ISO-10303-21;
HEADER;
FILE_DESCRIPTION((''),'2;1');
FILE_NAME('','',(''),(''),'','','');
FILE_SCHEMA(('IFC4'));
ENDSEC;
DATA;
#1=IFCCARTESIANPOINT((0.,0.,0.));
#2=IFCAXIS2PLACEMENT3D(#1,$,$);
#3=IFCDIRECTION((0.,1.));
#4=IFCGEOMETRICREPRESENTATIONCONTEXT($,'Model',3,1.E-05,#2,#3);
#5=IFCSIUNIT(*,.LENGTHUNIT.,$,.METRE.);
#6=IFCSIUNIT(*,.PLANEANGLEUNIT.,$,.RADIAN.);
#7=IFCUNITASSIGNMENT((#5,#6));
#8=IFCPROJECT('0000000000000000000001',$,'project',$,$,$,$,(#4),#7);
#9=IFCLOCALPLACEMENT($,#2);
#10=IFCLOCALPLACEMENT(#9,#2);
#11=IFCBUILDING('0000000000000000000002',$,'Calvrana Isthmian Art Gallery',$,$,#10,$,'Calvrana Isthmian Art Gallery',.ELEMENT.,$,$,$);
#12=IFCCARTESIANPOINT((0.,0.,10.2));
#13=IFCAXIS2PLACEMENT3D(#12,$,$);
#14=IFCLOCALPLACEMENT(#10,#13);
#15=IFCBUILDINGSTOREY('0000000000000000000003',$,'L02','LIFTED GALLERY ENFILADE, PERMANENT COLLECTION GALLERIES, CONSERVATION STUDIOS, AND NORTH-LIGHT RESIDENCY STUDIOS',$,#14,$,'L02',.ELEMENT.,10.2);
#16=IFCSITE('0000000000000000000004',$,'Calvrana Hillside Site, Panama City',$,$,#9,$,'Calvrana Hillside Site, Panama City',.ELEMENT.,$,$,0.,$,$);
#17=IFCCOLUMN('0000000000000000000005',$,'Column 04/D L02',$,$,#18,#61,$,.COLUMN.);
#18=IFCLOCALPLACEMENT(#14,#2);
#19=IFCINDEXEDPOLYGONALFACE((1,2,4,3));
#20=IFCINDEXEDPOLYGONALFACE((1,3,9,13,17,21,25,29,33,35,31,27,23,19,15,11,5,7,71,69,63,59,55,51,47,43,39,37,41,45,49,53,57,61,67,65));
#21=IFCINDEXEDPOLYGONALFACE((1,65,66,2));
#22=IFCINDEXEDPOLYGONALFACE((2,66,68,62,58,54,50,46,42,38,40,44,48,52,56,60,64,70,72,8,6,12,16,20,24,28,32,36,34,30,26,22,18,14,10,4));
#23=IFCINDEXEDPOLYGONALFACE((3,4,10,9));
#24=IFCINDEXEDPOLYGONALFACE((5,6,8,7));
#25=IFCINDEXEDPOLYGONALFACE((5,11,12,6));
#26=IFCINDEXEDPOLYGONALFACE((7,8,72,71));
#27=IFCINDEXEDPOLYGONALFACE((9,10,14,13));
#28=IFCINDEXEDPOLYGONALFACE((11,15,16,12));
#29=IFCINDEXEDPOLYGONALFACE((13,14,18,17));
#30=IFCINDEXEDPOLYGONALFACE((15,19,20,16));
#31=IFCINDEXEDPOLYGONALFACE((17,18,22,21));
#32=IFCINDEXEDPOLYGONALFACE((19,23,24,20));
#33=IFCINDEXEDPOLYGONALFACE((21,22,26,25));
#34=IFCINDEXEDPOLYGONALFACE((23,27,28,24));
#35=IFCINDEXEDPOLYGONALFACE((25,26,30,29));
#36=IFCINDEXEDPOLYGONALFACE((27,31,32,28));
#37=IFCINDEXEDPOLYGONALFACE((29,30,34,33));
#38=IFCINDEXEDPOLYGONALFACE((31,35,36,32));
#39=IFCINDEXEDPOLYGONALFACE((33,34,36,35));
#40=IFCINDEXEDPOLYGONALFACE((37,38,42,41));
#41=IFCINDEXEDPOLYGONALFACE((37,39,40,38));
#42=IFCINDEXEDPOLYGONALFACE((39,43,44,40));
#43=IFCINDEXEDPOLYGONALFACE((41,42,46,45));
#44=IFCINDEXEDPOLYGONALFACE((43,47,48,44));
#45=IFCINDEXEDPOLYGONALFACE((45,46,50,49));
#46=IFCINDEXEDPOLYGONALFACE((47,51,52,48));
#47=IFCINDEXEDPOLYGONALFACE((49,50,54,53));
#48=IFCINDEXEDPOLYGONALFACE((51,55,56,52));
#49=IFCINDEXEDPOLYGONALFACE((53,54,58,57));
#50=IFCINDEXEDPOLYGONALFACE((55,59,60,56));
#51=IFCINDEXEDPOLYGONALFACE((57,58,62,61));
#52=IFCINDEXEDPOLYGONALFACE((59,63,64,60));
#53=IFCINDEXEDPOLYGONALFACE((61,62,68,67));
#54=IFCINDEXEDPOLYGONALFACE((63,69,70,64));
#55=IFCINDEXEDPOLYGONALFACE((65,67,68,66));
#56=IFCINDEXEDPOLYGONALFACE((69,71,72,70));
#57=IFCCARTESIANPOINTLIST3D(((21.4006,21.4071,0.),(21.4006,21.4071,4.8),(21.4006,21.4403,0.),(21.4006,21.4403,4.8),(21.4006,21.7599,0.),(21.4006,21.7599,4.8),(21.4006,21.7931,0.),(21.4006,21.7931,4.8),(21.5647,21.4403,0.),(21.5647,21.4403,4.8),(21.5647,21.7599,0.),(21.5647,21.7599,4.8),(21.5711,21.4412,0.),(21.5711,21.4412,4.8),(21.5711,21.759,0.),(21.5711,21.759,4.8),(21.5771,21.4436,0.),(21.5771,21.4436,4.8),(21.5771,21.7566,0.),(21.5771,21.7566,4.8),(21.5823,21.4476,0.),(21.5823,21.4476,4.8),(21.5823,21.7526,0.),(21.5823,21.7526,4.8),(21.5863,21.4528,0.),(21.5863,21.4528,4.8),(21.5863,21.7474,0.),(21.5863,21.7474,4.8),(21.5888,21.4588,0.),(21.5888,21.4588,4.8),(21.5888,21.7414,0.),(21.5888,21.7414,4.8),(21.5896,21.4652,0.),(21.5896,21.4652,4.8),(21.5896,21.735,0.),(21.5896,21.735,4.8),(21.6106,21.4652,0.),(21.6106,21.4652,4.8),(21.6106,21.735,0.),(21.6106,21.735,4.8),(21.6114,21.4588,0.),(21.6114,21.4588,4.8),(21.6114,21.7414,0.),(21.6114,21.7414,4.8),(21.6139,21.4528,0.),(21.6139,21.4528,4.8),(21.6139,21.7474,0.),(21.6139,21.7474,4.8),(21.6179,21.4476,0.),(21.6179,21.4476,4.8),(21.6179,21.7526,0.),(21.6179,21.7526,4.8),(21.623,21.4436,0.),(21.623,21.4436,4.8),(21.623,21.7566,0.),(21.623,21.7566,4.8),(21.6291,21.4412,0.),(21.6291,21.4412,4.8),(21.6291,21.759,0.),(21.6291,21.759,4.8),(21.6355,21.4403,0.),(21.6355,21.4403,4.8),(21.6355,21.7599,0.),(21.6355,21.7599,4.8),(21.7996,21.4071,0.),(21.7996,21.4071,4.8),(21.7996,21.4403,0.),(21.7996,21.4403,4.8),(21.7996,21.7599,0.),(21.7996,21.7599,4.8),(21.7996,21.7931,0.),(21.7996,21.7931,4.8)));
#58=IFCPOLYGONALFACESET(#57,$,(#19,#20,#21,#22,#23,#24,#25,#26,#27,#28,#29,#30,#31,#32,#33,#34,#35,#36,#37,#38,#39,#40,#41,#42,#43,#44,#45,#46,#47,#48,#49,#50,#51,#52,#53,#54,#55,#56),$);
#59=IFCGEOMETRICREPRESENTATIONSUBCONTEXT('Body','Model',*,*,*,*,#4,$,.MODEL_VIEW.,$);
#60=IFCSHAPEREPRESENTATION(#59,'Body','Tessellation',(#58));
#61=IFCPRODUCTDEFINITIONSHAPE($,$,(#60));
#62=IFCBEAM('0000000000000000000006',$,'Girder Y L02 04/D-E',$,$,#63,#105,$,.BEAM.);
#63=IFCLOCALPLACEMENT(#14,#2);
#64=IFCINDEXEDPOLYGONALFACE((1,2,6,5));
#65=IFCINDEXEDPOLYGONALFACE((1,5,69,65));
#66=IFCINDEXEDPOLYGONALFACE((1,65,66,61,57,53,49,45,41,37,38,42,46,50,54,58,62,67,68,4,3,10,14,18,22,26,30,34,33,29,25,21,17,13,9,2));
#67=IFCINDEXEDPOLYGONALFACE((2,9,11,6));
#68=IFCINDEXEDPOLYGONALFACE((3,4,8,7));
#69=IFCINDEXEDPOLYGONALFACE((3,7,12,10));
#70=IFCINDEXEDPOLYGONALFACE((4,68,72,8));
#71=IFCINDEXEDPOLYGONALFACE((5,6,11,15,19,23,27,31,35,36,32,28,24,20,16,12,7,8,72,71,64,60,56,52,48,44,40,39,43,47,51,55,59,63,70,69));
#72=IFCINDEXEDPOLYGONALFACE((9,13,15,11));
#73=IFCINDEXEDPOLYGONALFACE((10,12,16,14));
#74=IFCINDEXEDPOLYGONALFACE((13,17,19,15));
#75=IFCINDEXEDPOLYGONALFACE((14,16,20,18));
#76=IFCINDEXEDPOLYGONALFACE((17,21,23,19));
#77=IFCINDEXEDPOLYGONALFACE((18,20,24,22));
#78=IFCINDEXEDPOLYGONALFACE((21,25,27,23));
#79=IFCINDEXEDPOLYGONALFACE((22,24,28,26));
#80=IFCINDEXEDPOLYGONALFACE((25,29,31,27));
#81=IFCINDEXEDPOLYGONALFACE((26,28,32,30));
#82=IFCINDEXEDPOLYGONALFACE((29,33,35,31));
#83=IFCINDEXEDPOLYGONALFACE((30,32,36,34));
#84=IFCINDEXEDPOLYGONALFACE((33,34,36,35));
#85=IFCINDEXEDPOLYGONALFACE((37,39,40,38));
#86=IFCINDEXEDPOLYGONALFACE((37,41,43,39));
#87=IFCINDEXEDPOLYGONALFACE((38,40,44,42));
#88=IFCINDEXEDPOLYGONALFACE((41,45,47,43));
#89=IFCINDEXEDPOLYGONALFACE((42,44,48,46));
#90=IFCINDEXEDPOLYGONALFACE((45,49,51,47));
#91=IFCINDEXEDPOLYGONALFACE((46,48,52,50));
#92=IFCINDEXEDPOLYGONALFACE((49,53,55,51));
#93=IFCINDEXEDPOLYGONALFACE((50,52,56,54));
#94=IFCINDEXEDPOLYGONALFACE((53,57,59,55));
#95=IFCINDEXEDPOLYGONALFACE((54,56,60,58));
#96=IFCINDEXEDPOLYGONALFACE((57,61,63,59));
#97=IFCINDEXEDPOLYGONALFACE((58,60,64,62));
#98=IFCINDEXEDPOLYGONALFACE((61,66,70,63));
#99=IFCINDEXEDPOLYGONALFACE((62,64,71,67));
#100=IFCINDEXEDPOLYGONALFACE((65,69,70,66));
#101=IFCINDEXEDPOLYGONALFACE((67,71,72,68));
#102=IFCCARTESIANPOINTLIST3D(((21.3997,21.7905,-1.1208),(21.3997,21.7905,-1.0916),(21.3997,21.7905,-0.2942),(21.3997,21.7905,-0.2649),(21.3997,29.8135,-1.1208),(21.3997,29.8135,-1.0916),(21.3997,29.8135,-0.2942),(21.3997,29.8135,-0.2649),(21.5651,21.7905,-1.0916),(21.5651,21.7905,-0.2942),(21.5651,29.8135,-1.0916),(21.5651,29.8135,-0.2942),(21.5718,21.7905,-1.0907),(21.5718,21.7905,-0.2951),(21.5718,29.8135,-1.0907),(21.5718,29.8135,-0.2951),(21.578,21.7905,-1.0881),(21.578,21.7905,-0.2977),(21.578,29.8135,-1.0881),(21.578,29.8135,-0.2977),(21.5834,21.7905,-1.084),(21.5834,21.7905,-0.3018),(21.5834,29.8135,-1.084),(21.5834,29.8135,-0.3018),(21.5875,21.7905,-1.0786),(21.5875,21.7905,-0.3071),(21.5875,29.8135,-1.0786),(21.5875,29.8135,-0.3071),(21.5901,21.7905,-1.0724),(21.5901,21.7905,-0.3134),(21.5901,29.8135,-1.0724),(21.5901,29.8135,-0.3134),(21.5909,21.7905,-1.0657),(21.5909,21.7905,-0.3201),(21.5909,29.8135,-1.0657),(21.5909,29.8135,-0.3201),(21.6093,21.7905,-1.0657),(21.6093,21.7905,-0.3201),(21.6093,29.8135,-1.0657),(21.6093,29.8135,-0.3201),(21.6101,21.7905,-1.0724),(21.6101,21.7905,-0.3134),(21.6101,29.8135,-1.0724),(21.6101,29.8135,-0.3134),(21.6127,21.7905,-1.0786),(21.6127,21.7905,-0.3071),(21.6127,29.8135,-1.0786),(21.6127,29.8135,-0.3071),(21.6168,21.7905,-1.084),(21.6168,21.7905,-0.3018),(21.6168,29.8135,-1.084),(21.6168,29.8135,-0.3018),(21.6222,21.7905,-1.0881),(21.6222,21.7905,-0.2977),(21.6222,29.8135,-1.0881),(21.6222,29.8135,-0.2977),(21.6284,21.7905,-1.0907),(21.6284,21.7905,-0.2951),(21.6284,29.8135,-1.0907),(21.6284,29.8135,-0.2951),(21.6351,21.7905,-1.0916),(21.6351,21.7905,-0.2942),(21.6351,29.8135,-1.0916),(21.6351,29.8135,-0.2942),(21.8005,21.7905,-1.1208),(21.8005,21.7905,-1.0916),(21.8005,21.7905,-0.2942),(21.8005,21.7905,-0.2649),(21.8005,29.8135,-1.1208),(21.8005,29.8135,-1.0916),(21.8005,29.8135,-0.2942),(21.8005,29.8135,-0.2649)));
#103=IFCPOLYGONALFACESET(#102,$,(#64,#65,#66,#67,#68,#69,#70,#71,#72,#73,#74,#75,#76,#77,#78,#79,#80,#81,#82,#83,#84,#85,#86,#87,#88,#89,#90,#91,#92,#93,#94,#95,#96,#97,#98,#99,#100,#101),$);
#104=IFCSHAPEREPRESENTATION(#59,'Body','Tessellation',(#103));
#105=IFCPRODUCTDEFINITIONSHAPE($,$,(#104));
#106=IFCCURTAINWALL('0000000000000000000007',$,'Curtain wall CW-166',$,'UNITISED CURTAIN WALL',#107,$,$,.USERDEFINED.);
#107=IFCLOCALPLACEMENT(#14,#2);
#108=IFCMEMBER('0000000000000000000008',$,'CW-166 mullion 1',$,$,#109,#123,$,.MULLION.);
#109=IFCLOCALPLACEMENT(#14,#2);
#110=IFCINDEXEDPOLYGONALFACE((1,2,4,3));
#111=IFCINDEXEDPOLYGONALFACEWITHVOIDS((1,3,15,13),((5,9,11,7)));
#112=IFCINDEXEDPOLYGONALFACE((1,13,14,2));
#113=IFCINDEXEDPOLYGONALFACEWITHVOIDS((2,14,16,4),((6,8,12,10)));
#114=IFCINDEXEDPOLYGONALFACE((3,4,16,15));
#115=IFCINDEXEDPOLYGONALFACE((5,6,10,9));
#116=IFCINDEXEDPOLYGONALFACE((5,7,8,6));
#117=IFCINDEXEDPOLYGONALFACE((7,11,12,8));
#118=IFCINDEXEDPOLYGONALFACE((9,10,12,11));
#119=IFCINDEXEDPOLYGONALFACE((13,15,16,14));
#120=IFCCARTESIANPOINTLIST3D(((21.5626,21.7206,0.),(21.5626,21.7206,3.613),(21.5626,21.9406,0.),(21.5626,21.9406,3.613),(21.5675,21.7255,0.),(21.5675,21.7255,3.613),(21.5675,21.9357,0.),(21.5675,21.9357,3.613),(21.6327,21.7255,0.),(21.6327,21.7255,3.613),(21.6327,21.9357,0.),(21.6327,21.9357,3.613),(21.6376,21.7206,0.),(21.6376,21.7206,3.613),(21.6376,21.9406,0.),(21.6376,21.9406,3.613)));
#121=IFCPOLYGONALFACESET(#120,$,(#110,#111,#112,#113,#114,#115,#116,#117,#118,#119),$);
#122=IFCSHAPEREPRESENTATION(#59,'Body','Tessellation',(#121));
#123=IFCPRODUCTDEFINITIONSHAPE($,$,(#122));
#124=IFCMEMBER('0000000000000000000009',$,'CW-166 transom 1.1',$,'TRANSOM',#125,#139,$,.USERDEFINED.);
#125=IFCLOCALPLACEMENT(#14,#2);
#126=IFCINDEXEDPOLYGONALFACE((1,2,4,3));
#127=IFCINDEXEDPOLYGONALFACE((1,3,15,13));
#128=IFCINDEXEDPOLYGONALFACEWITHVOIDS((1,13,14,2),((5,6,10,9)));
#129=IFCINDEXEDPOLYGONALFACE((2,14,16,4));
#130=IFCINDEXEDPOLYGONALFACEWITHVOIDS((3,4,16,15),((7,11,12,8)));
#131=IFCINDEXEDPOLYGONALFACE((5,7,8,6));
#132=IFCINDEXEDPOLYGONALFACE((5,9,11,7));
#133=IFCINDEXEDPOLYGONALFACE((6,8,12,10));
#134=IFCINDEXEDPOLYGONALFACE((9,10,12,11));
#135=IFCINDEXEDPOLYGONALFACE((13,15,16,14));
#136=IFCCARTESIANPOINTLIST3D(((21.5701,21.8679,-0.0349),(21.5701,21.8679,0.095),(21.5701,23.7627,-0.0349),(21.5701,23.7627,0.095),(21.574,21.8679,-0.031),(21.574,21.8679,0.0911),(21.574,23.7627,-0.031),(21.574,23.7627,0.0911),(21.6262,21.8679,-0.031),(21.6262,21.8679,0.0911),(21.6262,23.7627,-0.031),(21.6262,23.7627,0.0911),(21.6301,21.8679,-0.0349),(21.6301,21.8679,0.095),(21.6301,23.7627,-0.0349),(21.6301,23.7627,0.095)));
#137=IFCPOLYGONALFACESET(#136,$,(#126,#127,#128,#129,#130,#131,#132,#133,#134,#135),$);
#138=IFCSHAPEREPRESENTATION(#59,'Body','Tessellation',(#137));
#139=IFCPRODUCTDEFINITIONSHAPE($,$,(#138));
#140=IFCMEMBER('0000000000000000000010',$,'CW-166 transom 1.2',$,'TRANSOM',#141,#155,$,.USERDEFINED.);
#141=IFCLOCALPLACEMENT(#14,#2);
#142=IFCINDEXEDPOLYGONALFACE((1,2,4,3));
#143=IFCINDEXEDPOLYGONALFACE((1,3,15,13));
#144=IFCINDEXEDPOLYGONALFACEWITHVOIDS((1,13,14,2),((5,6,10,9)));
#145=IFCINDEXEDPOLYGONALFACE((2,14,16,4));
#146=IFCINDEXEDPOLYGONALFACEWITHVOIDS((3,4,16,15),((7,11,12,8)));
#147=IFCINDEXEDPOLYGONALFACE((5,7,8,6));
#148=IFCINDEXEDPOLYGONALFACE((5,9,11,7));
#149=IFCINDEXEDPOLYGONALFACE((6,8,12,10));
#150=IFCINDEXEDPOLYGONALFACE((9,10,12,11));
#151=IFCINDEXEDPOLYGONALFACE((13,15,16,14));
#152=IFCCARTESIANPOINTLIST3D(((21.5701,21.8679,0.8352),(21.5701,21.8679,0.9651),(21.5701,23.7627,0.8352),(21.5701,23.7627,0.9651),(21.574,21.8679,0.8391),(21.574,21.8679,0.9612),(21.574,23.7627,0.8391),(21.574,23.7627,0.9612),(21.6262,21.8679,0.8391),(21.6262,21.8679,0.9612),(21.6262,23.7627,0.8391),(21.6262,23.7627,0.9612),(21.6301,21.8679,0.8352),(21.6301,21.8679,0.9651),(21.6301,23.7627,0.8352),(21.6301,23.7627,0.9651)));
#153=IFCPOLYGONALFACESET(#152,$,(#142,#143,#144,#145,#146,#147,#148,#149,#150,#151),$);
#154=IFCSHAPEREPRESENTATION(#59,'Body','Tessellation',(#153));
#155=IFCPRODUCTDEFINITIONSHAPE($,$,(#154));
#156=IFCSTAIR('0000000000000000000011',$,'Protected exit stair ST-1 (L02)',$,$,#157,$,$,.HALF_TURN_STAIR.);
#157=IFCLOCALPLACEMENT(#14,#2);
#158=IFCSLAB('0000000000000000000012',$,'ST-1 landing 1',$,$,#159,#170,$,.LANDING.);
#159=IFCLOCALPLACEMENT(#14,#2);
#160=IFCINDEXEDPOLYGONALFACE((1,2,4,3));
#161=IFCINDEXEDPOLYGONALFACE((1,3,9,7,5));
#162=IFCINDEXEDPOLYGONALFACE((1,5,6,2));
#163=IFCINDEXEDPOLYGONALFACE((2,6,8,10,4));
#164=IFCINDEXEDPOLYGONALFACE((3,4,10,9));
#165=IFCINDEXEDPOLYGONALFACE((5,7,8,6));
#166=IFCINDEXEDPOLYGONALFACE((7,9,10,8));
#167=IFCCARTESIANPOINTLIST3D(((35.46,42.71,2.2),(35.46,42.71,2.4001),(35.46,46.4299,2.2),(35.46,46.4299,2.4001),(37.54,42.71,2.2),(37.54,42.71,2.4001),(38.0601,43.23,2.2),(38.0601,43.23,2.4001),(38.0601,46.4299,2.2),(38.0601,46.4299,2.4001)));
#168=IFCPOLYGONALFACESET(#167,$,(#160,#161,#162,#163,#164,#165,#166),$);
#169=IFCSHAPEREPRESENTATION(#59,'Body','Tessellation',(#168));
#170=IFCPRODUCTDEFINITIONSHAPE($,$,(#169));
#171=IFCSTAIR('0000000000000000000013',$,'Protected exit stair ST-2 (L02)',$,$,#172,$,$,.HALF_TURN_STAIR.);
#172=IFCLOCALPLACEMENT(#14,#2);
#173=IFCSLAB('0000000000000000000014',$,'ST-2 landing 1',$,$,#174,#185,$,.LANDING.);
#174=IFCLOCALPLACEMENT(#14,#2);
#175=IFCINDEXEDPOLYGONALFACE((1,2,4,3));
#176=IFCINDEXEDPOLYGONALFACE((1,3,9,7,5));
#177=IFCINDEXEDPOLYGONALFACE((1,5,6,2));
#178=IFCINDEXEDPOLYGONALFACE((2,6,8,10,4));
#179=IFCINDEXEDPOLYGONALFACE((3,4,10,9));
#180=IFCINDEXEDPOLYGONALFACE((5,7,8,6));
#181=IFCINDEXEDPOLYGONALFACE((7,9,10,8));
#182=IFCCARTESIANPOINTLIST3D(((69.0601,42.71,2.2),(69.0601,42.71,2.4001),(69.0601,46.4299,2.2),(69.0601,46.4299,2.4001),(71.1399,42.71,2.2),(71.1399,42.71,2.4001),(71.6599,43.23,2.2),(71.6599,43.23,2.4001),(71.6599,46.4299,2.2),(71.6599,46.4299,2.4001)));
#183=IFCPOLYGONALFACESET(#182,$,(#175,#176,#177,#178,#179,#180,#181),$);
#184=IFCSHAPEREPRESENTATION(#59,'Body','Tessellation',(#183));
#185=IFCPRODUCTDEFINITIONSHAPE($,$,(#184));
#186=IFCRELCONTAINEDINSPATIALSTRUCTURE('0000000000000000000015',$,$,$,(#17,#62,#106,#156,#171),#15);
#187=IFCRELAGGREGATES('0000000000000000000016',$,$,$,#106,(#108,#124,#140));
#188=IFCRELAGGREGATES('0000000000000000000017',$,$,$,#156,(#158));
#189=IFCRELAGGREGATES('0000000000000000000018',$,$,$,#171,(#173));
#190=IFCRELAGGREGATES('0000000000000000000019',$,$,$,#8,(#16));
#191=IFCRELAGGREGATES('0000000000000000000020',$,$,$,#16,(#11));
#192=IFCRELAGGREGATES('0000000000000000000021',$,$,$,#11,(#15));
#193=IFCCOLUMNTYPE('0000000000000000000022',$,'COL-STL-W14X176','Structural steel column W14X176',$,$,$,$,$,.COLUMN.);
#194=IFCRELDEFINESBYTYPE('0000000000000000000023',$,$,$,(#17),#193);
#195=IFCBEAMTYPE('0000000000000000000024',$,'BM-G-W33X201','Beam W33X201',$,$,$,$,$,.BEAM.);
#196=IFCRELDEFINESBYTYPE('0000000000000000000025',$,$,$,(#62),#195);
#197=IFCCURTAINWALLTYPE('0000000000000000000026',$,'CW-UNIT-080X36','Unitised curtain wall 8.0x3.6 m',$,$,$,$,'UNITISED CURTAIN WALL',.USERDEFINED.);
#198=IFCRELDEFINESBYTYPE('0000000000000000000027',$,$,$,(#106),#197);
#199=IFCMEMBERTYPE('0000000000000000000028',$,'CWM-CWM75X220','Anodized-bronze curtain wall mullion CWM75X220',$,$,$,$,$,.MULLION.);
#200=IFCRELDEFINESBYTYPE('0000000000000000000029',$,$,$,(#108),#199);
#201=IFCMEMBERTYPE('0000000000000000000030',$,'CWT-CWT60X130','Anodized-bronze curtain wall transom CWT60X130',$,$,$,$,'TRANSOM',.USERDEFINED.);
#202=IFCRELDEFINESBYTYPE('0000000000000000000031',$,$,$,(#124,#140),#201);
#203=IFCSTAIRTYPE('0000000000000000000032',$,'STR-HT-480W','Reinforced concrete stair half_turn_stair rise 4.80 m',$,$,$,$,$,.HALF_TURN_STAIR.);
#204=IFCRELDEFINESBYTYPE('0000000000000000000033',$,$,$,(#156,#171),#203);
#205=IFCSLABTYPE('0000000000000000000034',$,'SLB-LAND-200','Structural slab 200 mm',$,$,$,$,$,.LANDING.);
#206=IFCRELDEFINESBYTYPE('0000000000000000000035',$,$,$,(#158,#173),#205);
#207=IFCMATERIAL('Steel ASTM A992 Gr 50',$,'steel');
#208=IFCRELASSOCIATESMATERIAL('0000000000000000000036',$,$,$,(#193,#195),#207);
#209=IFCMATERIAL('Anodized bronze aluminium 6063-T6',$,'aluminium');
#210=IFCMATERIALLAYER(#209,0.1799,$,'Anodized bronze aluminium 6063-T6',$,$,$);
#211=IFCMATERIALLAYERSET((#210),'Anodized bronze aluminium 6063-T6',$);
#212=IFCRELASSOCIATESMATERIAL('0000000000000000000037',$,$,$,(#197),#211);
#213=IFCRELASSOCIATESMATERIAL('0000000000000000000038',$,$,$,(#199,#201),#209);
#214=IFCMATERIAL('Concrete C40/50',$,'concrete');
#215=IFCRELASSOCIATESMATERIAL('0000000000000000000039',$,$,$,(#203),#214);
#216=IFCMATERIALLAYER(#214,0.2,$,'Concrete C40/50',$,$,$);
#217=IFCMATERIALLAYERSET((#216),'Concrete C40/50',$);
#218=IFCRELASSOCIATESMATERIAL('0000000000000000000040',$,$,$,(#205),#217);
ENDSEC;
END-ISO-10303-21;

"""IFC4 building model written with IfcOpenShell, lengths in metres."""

from ifc_helpers import new_model, si_unit, direction, frame, origin, origin_2d, place, context, subcontext, project, spatial, polyline, hollow_rectangle, i_section, outline, extrude, material, layer, layer_set, material_profile, profile_set, type_object, element, aggregate, save


model = new_model("IFC4")

# Units and contexts
model_context = context("Model", 3, precision=1e-05, world=origin(), true_north=direction((0.0, 1.0)))
body_context = subcontext(model_context, "Body", "Model", "MODEL_VIEW")
ifc_project = project(units=[si_unit("LENGTHUNIT", "METRE"), si_unit("PLANEANGLEUNIT", "RADIAN")], contexts=[model_context])

# Site, building, storey
site_placement = place(None, origin())
site = spatial("IfcSite", under=ifc_project, at=site_placement, Name="Calvrana Hillside Site, Panama City", LongName="Calvrana Hillside Site, Panama City", CompositionType="ELEMENT", RefElevation=0.0)
building_placement = place(site_placement, origin())
building = spatial("IfcBuilding", under=site, at=building_placement, Name="Calvrana Isthmian Art Gallery", LongName="Calvrana Isthmian Art Gallery", CompositionType="ELEMENT")
storey_placement = place(building_placement, frame((0.0, 0.0, 10.2)))
storey = spatial("IfcBuildingStorey", under=building, at=storey_placement, Name="L02", Description="LIFTED GALLERY ENFILADE, PERMANENT COLLECTION GALLERIES, CONSERVATION STUDIOS, AND NORTH-LIGHT RESIDENCY STUDIOS", LongName="L02", CompositionType="ELEMENT", Elevation=10.2)

# Column
ifc_material_1 = material(Name="Steel ASTM A992 Gr 50", Category="steel")
ifc_material_profile_1 = material_profile(ifc_material_1, i_section(OverallWidth=0.3989, OverallDepth=0.386, WebThickness=0.021, FlangeThickness=0.0332, FilletRadius=0.0249, at=origin_2d()), Name="W14X176")
ifc_profile_set_1 = profile_set([ifc_material_profile_1], Name="Steel ASTM A992 Gr 50")
column_type = type_object("IfcColumnType", Name="COL-STL-W14X176", Description="Structural steel column W14X176", PredefinedType="COLUMN", material=ifc_profile_set_1)
column_placement = place(storey_placement, frame((21.6001, 21.6001, 0.0), z_axis=(0.0, 0.0, 1.0), x_axis=(1.0, 0.0, 0.0)))
element("IfcColumn", 1, at=column_placement, inside=storey, type_object=column_type, Name="Column 04/D L02", PredefinedType="COLUMN", context=body_context, shape_type="SweptSolid", body=[
    extrude(i_section(OverallWidth=0.3989, OverallDepth=0.386, WebThickness=0.021, FlangeThickness=0.0332, FilletRadius=0.0249, at=origin_2d()), origin(), (0.0, 0.0, 1.0), 4.8),
])

# Beam
ifc_material_profile_2 = material_profile(ifc_material_1, i_section(OverallWidth=0.4009, OverallDepth=0.856, WebThickness=0.0183, FlangeThickness=0.0293, FilletRadius=0.0259, at=origin_2d()), Name="W33X201")
ifc_profile_set_2 = profile_set([ifc_material_profile_2], Name="Steel ASTM A992 Gr 50")
beam_type = type_object("IfcBeamType", Name="BM-G-W33X201", Description="Beam W33X201", PredefinedType="BEAM", material=ifc_profile_set_2)
beam_placement = place(storey_placement, frame((21.6001, 21.7905, -0.6929), z_axis=(0.0, 1.0, 0.0), x_axis=(-1.0, 0.0, 0.0)))
element("IfcBeam", 2, at=beam_placement, inside=storey, type_object=beam_type, Name="Girder Y L02 04/D-E", PredefinedType="BEAM", context=body_context, shape_type="SweptSolid", body=[
    extrude(i_section(OverallWidth=0.4009, OverallDepth=0.856, WebThickness=0.0183, FlangeThickness=0.0293, FilletRadius=0.0259, at=origin_2d()), origin(), (0.0, 0.0, 1.0), 8.0229),
])

# Curtain wall, members
ifc_material_2 = material(Name="Anodized bronze aluminium 6063-T6", Category="aluminium")
ifc_layer_1 = layer(ifc_material_2, 0.1799, Name="Anodized bronze aluminium 6063-T6")
ifc_layer_set_1 = layer_set([ifc_layer_1], Name="Anodized bronze aluminium 6063-T6")
curtain_wall_type = type_object("IfcCurtainWallType", Name="CW-UNIT-080X36", Description="Unitised curtain wall 8.0x3.6 m", ElementType="UNITISED CURTAIN WALL", PredefinedType="USERDEFINED", material=ifc_layer_set_1)
curtain_wall_placement = place(storey_placement, origin())
curtain_wall = element("IfcCurtainWall", 3, at=curtain_wall_placement, inside=storey, type_object=curtain_wall_type, Name="Curtain wall CW-166", ObjectType="UNITISED CURTAIN WALL", PredefinedType="USERDEFINED")
ifc_material_profile_3 = material_profile(ifc_material_2, hollow_rectangle(XDim=0.075, YDim=0.22, WallThickness=0.0049, at=origin_2d()), Name="CWM75X220")
ifc_profile_set_3 = profile_set([ifc_material_profile_3], Name="Anodized bronze aluminium 6063-T6")
member_type_1 = type_object("IfcMemberType", Name="CWM-CWM75X220", Description="Anodized-bronze curtain wall mullion CWM75X220", PredefinedType="MULLION", material=ifc_profile_set_3)
member_1_placement = place(storey_placement, frame((21.6001, 21.8306, 0.0), z_axis=(0.0, 0.0, 1.0), x_axis=(-1.0, 0.0, 0.0)))
member_1 = element("IfcMember", 4, at=member_1_placement, type_object=member_type_1, Name="CW-166 mullion 1", PredefinedType="MULLION", context=body_context, shape_type="SweptSolid", body=[
    extrude(hollow_rectangle(XDim=0.075, YDim=0.22, WallThickness=0.0049, at=origin_2d()), origin(), (0.0, 0.0, 1.0), 3.613),
])
ifc_material_profile_4 = material_profile(ifc_material_2, hollow_rectangle(XDim=0.0601, YDim=0.1299, WallThickness=0.0039, at=origin_2d()), Name="CWT60X130")
ifc_profile_set_4 = profile_set([ifc_material_profile_4], Name="Anodized bronze aluminium 6063-T6")
member_type_2 = type_object("IfcMemberType", Name="CWT-CWT60X130", Description="Anodized-bronze curtain wall transom CWT60X130", ElementType="TRANSOM", PredefinedType="USERDEFINED", material=ifc_profile_set_4)
member_2_placement = place(storey_placement, frame((21.6001, 21.8679, 0.03), z_axis=(0.0, 1.0, 0.0), x_axis=(-1.0, 0.0, 0.0)))
member_2 = element("IfcMember", 5, at=member_2_placement, type_object=member_type_2, Name="CW-166 transom 1.1", ObjectType="TRANSOM", PredefinedType="USERDEFINED", context=body_context, shape_type="SweptSolid", body=[
    extrude(hollow_rectangle(XDim=0.0601, YDim=0.1299, WallThickness=0.0039, at=origin_2d()), origin(), (0.0, 0.0, 1.0), 1.8948),
])
member_3_placement = place(storey_placement, frame((21.6001, 21.8679, 0.9001), z_axis=(0.0, 1.0, 0.0), x_axis=(-1.0, 0.0, 0.0)))
member_3 = element("IfcMember", 6, at=member_3_placement, type_object=member_type_2, Name="CW-166 transom 1.2", ObjectType="TRANSOM", PredefinedType="USERDEFINED", context=body_context, shape_type="SweptSolid", body=[
    extrude(hollow_rectangle(XDim=0.0601, YDim=0.1299, WallThickness=0.0039, at=origin_2d()), origin(), (0.0, 0.0, 1.0), 1.8948),
])
aggregate(curtain_wall, [member_1, member_2, member_3])

# Stairs, slabs
ifc_material_3 = material(Name="Concrete C40/50", Category="concrete")
stair_type_1 = type_object("IfcStairType", Name="STR-HT-480W", Description="Reinforced concrete stair half_turn_stair rise 4.80 m", PredefinedType="HALF_TURN_STAIR", material=ifc_material_3)
stair_1_placement = place(storey_placement, origin())
stair_1 = element("IfcStair", 7, at=stair_1_placement, inside=storey, type_object=stair_type_1, Name="Protected exit stair ST-1 (L02)", PredefinedType="HALF_TURN_STAIR")
ifc_layer_2 = layer(ifc_material_3, 0.2, Name="Concrete C40/50")
ifc_layer_set_2 = layer_set([ifc_layer_2], Name="Concrete C40/50")
slab_type = type_object("IfcSlabType", Name="SLB-LAND-200", Description="Structural slab 200 mm", PredefinedType="LANDING", material=ifc_layer_set_2)
slab_1_placement = place(storey_placement, frame((0.0, 0.0, 2.2)))
slab_1 = element("IfcSlab", 8, at=slab_1_placement, type_object=slab_type, Name="ST-1 landing 1", PredefinedType="LANDING", context=body_context, shape_type="SweptSolid", body=[
    extrude(outline(polyline([(35.46, 42.71), (37.54, 42.71), (38.0601, 43.23), (38.0601, 46.4299), (35.46, 46.4299), (35.46, 42.71)])), origin(), (0.0, 0.0, 1.0), 0.2002),
])
aggregate(stair_1, [slab_1])
stair_2_placement = place(storey_placement, origin())
stair_2 = element("IfcStair", 9, at=stair_2_placement, inside=storey, type_object=stair_type_1, Name="Protected exit stair ST-2 (L02)", PredefinedType="HALF_TURN_STAIR")
slab_2_placement = place(storey_placement, frame((0.0, 0.0, 2.2)))
slab_2 = element("IfcSlab", 10, at=slab_2_placement, type_object=slab_type, Name="ST-2 landing 1", PredefinedType="LANDING", context=body_context, shape_type="SweptSolid", body=[
    extrude(outline(polyline([(69.0601, 42.71), (71.1399, 42.71), (71.6599, 43.23), (71.6599, 46.4299), (69.0601, 46.4299), (69.0601, 42.71)])), origin(), (0.0, 0.0, 1.0), 0.2002),
])
aggregate(stair_2, [slab_2])

save(model, "model.ifc")
